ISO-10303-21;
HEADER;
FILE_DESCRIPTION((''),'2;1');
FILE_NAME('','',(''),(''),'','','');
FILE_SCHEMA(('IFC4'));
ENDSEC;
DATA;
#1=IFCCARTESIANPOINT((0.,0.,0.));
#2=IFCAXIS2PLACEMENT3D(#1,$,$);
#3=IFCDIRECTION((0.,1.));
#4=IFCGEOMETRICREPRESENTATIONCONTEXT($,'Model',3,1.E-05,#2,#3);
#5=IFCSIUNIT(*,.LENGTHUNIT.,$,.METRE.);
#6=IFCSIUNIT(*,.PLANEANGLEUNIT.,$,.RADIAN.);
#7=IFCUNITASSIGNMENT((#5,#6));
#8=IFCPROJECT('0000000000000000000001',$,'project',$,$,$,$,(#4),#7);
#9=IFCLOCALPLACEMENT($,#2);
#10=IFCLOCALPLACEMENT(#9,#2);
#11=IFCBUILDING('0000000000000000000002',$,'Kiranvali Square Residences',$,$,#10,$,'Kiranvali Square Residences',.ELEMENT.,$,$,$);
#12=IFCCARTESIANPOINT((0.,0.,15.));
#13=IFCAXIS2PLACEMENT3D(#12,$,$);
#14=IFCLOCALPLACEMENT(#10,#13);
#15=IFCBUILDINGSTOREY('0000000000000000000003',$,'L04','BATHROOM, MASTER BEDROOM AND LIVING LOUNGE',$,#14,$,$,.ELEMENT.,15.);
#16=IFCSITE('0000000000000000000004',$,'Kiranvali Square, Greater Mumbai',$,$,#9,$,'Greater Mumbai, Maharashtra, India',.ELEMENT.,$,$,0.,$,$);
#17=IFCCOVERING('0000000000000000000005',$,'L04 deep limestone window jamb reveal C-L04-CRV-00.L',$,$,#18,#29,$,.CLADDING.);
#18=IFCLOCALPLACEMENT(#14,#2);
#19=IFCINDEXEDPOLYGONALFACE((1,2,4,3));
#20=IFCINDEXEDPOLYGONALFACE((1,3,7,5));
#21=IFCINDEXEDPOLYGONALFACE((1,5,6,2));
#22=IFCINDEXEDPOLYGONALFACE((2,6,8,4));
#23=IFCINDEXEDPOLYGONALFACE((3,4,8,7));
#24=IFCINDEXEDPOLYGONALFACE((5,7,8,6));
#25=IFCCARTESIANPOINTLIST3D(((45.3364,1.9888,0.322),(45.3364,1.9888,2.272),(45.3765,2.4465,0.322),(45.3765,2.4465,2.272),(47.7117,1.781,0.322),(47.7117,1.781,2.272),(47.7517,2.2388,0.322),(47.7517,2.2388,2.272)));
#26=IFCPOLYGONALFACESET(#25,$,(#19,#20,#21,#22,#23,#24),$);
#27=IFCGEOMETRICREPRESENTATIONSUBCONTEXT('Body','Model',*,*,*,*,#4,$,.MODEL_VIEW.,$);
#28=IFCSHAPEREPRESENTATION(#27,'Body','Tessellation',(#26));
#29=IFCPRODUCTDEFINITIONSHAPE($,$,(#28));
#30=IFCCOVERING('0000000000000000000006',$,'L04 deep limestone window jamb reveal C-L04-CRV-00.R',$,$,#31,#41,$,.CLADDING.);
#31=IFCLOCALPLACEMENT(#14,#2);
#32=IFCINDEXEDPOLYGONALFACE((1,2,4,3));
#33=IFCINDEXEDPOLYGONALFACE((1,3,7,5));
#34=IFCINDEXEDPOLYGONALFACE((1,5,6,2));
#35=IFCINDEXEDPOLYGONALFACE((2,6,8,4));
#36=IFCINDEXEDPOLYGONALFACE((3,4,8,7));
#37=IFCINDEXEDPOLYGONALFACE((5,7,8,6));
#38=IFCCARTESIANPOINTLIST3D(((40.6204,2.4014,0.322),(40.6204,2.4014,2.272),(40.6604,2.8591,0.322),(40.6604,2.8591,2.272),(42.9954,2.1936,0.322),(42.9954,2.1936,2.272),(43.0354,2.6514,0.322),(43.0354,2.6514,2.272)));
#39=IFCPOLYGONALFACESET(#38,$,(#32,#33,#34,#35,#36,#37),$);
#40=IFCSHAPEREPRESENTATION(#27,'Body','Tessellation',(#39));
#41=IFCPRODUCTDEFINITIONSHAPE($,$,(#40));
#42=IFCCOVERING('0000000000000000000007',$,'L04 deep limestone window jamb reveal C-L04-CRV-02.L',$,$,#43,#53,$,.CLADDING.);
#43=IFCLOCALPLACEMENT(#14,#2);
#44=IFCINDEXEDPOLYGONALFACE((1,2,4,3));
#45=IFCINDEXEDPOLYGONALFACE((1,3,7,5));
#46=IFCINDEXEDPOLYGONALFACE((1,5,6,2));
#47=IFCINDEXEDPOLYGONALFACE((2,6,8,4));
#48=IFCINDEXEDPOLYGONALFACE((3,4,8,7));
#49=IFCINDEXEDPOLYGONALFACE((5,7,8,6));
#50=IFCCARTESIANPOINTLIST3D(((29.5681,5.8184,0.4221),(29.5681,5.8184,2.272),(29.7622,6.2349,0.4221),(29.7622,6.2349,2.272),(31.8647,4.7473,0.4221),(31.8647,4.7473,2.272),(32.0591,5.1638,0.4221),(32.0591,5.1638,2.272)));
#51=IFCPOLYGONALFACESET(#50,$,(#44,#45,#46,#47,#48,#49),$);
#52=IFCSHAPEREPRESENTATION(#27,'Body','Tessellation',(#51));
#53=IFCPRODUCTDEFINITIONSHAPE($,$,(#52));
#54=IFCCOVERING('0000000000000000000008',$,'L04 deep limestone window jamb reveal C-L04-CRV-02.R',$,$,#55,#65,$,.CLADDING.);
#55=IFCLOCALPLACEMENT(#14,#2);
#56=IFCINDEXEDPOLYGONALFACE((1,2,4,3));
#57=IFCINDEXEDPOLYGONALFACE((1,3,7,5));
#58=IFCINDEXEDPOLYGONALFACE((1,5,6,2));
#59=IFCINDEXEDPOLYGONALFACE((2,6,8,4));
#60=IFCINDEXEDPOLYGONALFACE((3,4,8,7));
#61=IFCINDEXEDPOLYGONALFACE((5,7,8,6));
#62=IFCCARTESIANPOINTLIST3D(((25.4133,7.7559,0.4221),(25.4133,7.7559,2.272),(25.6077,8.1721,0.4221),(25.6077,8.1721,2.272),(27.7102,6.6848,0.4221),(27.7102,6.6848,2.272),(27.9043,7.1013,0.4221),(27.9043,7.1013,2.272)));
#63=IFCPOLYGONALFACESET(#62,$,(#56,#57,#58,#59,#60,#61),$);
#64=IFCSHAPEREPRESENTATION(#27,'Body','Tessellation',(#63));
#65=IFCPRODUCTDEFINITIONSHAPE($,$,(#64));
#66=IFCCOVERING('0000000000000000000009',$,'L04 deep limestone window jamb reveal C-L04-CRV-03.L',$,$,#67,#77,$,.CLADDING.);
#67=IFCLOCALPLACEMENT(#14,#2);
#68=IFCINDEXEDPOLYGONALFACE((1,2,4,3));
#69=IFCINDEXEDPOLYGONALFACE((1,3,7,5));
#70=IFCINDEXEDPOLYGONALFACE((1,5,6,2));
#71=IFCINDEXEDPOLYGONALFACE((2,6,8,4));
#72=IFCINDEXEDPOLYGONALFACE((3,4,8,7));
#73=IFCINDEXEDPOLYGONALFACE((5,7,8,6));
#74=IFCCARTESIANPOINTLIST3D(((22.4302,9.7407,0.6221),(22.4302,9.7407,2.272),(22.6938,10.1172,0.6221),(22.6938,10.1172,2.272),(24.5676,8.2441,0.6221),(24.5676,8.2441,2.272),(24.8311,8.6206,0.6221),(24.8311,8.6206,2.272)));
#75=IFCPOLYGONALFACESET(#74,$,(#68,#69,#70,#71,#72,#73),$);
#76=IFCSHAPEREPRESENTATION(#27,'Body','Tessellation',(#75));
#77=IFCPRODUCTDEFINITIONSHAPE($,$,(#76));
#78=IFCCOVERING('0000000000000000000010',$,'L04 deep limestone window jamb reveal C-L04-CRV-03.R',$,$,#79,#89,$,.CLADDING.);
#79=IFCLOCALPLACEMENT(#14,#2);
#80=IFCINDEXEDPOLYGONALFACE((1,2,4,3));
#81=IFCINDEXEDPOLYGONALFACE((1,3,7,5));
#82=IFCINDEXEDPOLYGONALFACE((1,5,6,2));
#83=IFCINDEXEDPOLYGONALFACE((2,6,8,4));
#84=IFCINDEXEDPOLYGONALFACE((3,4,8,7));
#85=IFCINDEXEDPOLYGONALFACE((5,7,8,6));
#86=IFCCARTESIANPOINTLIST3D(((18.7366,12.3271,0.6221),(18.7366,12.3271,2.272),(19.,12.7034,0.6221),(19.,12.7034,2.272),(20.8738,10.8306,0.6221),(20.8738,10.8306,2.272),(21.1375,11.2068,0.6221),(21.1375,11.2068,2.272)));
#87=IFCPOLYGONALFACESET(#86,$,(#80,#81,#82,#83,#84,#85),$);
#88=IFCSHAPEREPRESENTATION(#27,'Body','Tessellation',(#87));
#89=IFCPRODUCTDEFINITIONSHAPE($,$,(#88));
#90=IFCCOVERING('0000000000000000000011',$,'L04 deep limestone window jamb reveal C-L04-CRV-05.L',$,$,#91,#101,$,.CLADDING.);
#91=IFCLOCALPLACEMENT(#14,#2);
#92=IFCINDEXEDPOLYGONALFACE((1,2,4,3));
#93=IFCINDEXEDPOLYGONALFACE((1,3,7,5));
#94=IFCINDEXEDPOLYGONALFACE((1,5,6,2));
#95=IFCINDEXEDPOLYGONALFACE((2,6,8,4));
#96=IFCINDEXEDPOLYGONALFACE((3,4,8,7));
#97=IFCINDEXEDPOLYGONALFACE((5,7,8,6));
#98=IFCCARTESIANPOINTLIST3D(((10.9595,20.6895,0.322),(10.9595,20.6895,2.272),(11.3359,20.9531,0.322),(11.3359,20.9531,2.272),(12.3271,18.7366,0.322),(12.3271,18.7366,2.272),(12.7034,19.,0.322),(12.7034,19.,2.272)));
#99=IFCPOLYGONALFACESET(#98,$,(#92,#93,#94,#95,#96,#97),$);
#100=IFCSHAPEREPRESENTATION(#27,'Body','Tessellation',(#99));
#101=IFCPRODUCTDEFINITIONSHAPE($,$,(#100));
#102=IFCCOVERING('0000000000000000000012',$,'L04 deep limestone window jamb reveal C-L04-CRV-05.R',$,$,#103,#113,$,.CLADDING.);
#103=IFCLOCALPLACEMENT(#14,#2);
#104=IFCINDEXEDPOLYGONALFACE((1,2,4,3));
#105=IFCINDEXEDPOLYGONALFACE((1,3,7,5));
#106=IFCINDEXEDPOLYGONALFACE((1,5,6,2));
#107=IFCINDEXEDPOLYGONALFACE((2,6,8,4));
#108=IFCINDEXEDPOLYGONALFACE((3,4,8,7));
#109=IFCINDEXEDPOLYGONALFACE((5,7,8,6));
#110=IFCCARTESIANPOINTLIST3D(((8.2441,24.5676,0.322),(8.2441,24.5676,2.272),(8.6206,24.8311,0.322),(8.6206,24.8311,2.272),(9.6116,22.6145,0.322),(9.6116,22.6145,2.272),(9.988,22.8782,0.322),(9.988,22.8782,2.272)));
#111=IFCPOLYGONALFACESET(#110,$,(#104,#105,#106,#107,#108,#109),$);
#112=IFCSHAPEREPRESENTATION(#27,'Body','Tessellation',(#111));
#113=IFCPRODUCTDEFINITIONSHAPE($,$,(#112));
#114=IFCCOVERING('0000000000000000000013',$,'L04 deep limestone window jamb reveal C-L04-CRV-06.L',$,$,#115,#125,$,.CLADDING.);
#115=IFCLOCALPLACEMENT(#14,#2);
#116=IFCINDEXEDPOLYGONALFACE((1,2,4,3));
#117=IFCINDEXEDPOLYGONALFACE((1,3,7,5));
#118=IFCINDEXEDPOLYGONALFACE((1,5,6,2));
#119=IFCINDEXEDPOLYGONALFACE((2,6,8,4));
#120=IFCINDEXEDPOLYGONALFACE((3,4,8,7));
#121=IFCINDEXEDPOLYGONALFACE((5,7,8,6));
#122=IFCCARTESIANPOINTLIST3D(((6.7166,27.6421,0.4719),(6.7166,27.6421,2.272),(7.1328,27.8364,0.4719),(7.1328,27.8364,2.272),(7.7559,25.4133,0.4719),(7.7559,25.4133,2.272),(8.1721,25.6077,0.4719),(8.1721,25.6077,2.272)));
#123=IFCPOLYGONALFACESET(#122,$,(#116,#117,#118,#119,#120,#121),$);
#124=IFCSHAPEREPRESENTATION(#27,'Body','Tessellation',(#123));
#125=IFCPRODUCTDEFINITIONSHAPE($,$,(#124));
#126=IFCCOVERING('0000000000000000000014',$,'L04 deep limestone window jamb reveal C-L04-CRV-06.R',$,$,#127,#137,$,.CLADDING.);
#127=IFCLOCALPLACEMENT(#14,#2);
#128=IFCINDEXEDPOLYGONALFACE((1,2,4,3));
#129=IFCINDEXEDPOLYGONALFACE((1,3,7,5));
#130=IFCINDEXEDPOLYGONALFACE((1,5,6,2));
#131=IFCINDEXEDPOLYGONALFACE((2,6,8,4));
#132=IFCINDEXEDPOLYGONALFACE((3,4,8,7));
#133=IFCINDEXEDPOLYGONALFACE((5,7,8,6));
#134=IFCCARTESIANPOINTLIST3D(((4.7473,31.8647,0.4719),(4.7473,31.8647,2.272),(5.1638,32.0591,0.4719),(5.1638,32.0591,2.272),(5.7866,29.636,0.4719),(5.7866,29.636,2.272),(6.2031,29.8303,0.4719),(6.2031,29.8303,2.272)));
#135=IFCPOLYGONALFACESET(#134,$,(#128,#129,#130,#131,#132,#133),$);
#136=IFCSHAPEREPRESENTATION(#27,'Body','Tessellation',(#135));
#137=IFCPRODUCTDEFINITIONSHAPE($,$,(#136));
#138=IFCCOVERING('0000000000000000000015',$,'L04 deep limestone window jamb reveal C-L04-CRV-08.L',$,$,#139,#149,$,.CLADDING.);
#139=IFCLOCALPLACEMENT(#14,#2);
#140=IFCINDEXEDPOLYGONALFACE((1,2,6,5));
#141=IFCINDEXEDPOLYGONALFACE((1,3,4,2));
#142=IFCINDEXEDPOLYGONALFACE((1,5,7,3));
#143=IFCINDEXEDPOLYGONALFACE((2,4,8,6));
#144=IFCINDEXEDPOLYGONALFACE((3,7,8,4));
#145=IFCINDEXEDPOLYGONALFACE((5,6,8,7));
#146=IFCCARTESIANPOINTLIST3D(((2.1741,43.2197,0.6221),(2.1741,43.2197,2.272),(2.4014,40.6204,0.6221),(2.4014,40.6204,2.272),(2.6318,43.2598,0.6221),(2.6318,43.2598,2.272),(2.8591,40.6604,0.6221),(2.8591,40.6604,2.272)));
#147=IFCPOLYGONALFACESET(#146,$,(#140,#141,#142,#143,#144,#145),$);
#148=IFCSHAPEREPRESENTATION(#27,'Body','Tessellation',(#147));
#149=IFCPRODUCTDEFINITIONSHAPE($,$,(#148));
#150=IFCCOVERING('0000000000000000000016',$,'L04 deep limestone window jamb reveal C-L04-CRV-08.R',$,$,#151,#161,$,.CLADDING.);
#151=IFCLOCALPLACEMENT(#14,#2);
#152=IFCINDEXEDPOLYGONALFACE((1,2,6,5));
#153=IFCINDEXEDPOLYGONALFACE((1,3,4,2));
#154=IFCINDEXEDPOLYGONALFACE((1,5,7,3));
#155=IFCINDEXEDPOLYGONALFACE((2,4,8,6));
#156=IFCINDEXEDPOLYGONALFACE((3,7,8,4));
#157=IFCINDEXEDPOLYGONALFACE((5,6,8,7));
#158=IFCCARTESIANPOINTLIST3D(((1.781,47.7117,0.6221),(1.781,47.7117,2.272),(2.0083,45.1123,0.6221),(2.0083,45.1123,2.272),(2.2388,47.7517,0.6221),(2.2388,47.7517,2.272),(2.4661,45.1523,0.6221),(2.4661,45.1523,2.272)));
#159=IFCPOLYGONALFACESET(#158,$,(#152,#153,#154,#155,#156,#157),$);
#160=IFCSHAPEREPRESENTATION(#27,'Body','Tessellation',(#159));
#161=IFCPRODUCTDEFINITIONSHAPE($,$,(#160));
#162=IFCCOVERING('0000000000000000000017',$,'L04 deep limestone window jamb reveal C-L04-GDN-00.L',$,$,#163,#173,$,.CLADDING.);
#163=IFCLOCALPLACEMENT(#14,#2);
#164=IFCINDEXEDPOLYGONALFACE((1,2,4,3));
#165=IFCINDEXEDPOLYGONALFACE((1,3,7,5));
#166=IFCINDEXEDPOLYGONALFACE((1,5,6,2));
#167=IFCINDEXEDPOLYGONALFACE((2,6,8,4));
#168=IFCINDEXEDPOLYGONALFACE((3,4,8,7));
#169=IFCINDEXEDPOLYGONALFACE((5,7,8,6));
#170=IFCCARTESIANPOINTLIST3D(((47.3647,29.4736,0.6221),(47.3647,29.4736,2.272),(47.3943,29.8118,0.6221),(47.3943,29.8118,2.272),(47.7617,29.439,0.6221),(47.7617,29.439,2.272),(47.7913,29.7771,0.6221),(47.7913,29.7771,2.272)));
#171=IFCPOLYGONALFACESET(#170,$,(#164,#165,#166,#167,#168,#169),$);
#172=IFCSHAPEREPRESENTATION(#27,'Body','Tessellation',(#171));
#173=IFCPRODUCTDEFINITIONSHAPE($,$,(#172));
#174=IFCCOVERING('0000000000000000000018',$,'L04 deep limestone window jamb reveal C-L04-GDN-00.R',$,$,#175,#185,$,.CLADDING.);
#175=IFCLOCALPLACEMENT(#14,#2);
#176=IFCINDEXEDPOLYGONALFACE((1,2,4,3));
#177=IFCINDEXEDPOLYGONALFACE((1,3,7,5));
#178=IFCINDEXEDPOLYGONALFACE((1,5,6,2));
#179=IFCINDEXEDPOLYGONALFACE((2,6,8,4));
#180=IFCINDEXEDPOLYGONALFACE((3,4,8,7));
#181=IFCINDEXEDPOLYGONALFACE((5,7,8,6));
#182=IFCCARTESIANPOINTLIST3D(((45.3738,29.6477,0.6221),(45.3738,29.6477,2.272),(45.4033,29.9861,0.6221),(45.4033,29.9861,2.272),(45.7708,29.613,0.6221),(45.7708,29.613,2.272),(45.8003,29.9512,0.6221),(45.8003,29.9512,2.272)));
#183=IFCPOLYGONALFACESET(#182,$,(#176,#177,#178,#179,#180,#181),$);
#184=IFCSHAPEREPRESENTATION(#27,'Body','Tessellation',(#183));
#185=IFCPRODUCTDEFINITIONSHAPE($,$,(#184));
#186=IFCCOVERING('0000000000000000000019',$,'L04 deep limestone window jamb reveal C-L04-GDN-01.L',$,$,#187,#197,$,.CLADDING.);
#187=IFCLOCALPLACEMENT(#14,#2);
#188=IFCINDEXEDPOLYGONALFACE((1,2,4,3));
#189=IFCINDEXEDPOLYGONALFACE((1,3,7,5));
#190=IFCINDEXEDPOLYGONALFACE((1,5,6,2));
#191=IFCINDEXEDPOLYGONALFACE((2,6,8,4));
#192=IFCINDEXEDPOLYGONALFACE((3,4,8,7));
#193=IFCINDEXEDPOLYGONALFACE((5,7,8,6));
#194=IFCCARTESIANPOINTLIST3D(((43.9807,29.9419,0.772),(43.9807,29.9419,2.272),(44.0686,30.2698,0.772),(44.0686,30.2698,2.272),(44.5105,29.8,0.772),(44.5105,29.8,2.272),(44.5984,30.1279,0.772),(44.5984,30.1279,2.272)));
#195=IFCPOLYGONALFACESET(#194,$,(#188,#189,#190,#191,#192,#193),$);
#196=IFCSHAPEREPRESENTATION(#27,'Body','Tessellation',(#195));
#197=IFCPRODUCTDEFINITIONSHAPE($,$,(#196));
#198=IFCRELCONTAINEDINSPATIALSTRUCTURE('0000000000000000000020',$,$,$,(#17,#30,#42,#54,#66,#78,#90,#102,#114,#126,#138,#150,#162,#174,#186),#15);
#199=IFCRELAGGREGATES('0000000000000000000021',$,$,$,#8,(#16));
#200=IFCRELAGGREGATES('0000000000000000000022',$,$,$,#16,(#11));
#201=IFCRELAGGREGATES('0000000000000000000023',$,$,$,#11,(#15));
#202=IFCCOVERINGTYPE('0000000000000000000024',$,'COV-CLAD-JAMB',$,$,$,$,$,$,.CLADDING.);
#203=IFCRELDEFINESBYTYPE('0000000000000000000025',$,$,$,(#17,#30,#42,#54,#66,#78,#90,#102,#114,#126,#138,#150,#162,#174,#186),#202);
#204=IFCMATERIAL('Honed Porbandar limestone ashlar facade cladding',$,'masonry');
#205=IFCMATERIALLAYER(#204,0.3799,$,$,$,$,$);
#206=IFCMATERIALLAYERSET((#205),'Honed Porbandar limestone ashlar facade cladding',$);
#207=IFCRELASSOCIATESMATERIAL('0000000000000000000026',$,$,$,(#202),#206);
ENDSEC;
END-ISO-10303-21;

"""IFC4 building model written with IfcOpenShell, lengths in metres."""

from ifc_helpers import new_model, si_unit, direction, frame, origin, place, context, subcontext, project, spatial, polyline, outline, extrude, material, layer, layer_set, type_object, element, save


model = new_model("IFC4")

# Units and contexts
model_context = context("Model", 3, precision=1e-05, world=origin(), true_north=direction((0.0, 1.0)))
body_context = subcontext(model_context, "Body", "Model", "MODEL_VIEW")
ifc_project = project(units=[si_unit("LENGTHUNIT", "METRE"), si_unit("PLANEANGLEUNIT", "RADIAN")], contexts=[model_context])

# Site, building, storey
site_placement = place(None, origin())
site = spatial("IfcSite", under=ifc_project, at=site_placement, Name="Kiranvali Square, Greater Mumbai", LongName="Greater Mumbai, Maharashtra, India", CompositionType="ELEMENT", RefElevation=0.0)
building_placement = place(site_placement, origin())
building = spatial("IfcBuilding", under=site, at=building_placement, Name="Kiranvali Square Residences", LongName="Kiranvali Square Residences", CompositionType="ELEMENT")
storey_placement = place(building_placement, frame((0.0, 0.0, 15.0)))
storey = spatial("IfcBuildingStorey", under=building, at=storey_placement, Name="L04", Description="BATHROOM, MASTER BEDROOM AND LIVING LOUNGE", CompositionType="ELEMENT", Elevation=15.0)

# Coverings
ifc_material = material(Name="Honed Porbandar limestone ashlar facade cladding", Category="masonry")
ifc_layer_1 = layer(ifc_material, 0.3799)
ifc_layer_set_1 = layer_set([ifc_layer_1], Name="Honed Porbandar limestone ashlar facade cladding")
covering_type_1 = type_object("IfcCoveringType", Name="COV-CLAD-JAMB", PredefinedType="CLADDING", material=ifc_layer_set_1)
covering_1_placement = place(storey_placement, frame((0.0, 0.0, 0.322)))
element("IfcCovering", 1, at=covering_1_placement, inside=storey, type_object=covering_type_1, Name="L04 deep limestone window jamb reveal C-L04-CRV-00.L", PredefinedType="CLADDING", context=body_context, shape_type="SweptSolid", body=[
    extrude(outline(polyline([(47.7517, 2.2388), (45.3765, 2.4465), (45.3364, 1.9888), (47.7117, 1.781), (47.7517, 2.2388)])), origin(), (0.0, 0.0, 1.0), 1.95),
])
covering_2_placement = place(storey_placement, frame((0.0, 0.0, 0.322)))
element("IfcCovering", 2, at=covering_2_placement, inside=storey, type_object=covering_type_1, Name="L04 deep limestone window jamb reveal C-L04-CRV-00.R", PredefinedType="CLADDING", context=body_context, shape_type="SweptSolid", body=[
    extrude(outline(polyline([(43.0354, 2.6514), (40.6604, 2.8591), (40.6204, 2.4014), (42.9954, 2.1936), (43.0354, 2.6514)])), origin(), (0.0, 0.0, 1.0), 1.95),
])
covering_3_placement = place(storey_placement, frame((0.0, 0.0, 0.4221)))
element("IfcCovering", 3, at=covering_3_placement, inside=storey, type_object=covering_type_1, Name="L04 deep limestone window jamb reveal C-L04-CRV-02.L", PredefinedType="CLADDING", context=body_context, shape_type="SweptSolid", body=[
    extrude(outline(polyline([(32.0591, 5.1638), (29.7622, 6.2349), (29.5681, 5.8184), (31.8647, 4.7473), (32.0591, 5.1638)])), origin(), (0.0, 0.0, 1.0), 1.8499),
])
covering_4_placement = place(storey_placement, frame((0.0, 0.0, 0.4221)))
element("IfcCovering", 4, at=covering_4_placement, inside=storey, type_object=covering_type_1, Name="L04 deep limestone window jamb reveal C-L04-CRV-02.R", PredefinedType="CLADDING", context=body_context, shape_type="SweptSolid", body=[
    extrude(outline(polyline([(27.9043, 7.1013), (25.6077, 8.1721), (25.4133, 7.7559), (27.7102, 6.6848), (27.9043, 7.1013)])), origin(), (0.0, 0.0, 1.0), 1.8499),
])
covering_5_placement = place(storey_placement, frame((0.0, 0.0, 0.6221)))
element("IfcCovering", 5, at=covering_5_placement, inside=storey, type_object=covering_type_1, Name="L04 deep limestone window jamb reveal C-L04-CRV-03.L", PredefinedType="CLADDING", context=body_context, shape_type="SweptSolid", body=[
    extrude(outline(polyline([(24.8311, 8.6206), (22.6938, 10.1172), (22.4302, 9.7407), (24.5676, 8.2441), (24.8311, 8.6206)])), origin(), (0.0, 0.0, 1.0), 1.6499),
])
covering_6_placement = place(storey_placement, frame((0.0, 0.0, 0.6221)))
element("IfcCovering", 6, at=covering_6_placement, inside=storey, type_object=covering_type_1, Name="L04 deep limestone window jamb reveal C-L04-CRV-03.R", PredefinedType="CLADDING", context=body_context, shape_type="SweptSolid", body=[
    extrude(outline(polyline([(21.1375, 11.2068), (19.0, 12.7034), (18.7366, 12.3271), (20.8738, 10.8306), (21.1375, 11.2068)])), origin(), (0.0, 0.0, 1.0), 1.6499),
])
covering_7_placement = place(storey_placement, frame((0.0, 0.0, 0.322)))
element("IfcCovering", 7, at=covering_7_placement, inside=storey, type_object=covering_type_1, Name="L04 deep limestone window jamb reveal C-L04-CRV-05.L", PredefinedType="CLADDING", context=body_context, shape_type="SweptSolid", body=[
    extrude(outline(polyline([(12.7034, 19.0), (11.3359, 20.9531), (10.9595, 20.6895), (12.3271, 18.7366), (12.7034, 19.0)])), origin(), (0.0, 0.0, 1.0), 1.95),
])
covering_8_placement = place(storey_placement, frame((0.0, 0.0, 0.322)))
element("IfcCovering", 8, at=covering_8_placement, inside=storey, type_object=covering_type_1, Name="L04 deep limestone window jamb reveal C-L04-CRV-05.R", PredefinedType="CLADDING", context=body_context, shape_type="SweptSolid", body=[
    extrude(outline(polyline([(9.988, 22.8782), (8.6206, 24.8311), (8.2441, 24.5676), (9.6116, 22.6145), (9.988, 22.8782)])), origin(), (0.0, 0.0, 1.0), 1.95),
])
covering_9_placement = place(storey_placement, frame((0.0, 0.0, 0.4719)))
element("IfcCovering", 9, at=covering_9_placement, inside=storey, type_object=covering_type_1, Name="L04 deep limestone window jamb reveal C-L04-CRV-06.L", PredefinedType="CLADDING", context=body_context, shape_type="SweptSolid", body=[
    extrude(outline(polyline([(8.1721, 25.6077), (7.1328, 27.8364), (6.7166, 27.6421), (7.7559, 25.4133), (8.1721, 25.6077)])), origin(), (0.0, 0.0, 1.0), 1.8),
])
covering_10_placement = place(storey_placement, frame((0.0, 0.0, 0.4719)))
element("IfcCovering", 10, at=covering_10_placement, inside=storey, type_object=covering_type_1, Name="L04 deep limestone window jamb reveal C-L04-CRV-06.R", PredefinedType="CLADDING", context=body_context, shape_type="SweptSolid", body=[
    extrude(outline(polyline([(6.2031, 29.8303), (5.1638, 32.0591), (4.7473, 31.8647), (5.7866, 29.636), (6.2031, 29.8303)])), origin(), (0.0, 0.0, 1.0), 1.8),
])
covering_11_placement = place(storey_placement, frame((0.0, 0.0, 0.6221)))
element("IfcCovering", 11, at=covering_11_placement, inside=storey, type_object=covering_type_1, Name="L04 deep limestone window jamb reveal C-L04-CRV-08.L", PredefinedType="CLADDING", context=body_context, shape_type="SweptSolid", body=[
    extrude(outline(polyline([(2.8591, 40.6604), (2.6318, 43.2598), (2.1741, 43.2197), (2.4014, 40.6204), (2.8591, 40.6604)])), origin(), (0.0, 0.0, 1.0), 1.6499),
])
covering_12_placement = place(storey_placement, frame((0.0, 0.0, 0.6221)))
element("IfcCovering", 12, at=covering_12_placement, inside=storey, type_object=covering_type_1, Name="L04 deep limestone window jamb reveal C-L04-CRV-08.R", PredefinedType="CLADDING", context=body_context, shape_type="SweptSolid", body=[
    extrude(outline(polyline([(2.4661, 45.1523), (2.2388, 47.7517), (1.781, 47.7117), (2.0083, 45.1123), (2.4661, 45.1523)])), origin(), (0.0, 0.0, 1.0), 1.6499),
])
covering_13_placement = place(storey_placement, frame((0.0, 0.0, 0.6221)))
element("IfcCovering", 13, at=covering_13_placement, inside=storey, type_object=covering_type_1, Name="L04 deep limestone window jamb reveal C-L04-GDN-00.L", PredefinedType="CLADDING", context=body_context, shape_type="SweptSolid", body=[
    extrude(outline(polyline([(47.7913, 29.7771), (47.3943, 29.8118), (47.3647, 29.4736), (47.7617, 29.439), (47.7913, 29.7771)])), origin(), (0.0, 0.0, 1.0), 1.6499),
])
covering_14_placement = place(storey_placement, frame((0.0, 0.0, 0.6221)))
element("IfcCovering", 14, at=covering_14_placement, inside=storey, type_object=covering_type_1, Name="L04 deep limestone window jamb reveal C-L04-GDN-00.R", PredefinedType="CLADDING", context=body_context, shape_type="SweptSolid", body=[
    extrude(outline(polyline([(45.8003, 29.9512), (45.4033, 29.9861), (45.3738, 29.6477), (45.7708, 29.613), (45.8003, 29.9512)])), origin(), (0.0, 0.0, 1.0), 1.6499),
])
covering_15_placement = place(storey_placement, frame((0.0, 0.0, 0.772)))
element("IfcCovering", 15, at=covering_15_placement, inside=storey, type_object=covering_type_1, Name="L04 deep limestone window jamb reveal C-L04-GDN-01.L", PredefinedType="CLADDING", context=body_context, shape_type="SweptSolid", body=[
    extrude(outline(polyline([(44.5984, 30.1279), (44.0686, 30.2698), (43.9807, 29.9419), (44.5105, 29.8), (44.5984, 30.1279)])), origin(), (0.0, 0.0, 1.0), 1.5),
])

save(model, "model.ifc")
